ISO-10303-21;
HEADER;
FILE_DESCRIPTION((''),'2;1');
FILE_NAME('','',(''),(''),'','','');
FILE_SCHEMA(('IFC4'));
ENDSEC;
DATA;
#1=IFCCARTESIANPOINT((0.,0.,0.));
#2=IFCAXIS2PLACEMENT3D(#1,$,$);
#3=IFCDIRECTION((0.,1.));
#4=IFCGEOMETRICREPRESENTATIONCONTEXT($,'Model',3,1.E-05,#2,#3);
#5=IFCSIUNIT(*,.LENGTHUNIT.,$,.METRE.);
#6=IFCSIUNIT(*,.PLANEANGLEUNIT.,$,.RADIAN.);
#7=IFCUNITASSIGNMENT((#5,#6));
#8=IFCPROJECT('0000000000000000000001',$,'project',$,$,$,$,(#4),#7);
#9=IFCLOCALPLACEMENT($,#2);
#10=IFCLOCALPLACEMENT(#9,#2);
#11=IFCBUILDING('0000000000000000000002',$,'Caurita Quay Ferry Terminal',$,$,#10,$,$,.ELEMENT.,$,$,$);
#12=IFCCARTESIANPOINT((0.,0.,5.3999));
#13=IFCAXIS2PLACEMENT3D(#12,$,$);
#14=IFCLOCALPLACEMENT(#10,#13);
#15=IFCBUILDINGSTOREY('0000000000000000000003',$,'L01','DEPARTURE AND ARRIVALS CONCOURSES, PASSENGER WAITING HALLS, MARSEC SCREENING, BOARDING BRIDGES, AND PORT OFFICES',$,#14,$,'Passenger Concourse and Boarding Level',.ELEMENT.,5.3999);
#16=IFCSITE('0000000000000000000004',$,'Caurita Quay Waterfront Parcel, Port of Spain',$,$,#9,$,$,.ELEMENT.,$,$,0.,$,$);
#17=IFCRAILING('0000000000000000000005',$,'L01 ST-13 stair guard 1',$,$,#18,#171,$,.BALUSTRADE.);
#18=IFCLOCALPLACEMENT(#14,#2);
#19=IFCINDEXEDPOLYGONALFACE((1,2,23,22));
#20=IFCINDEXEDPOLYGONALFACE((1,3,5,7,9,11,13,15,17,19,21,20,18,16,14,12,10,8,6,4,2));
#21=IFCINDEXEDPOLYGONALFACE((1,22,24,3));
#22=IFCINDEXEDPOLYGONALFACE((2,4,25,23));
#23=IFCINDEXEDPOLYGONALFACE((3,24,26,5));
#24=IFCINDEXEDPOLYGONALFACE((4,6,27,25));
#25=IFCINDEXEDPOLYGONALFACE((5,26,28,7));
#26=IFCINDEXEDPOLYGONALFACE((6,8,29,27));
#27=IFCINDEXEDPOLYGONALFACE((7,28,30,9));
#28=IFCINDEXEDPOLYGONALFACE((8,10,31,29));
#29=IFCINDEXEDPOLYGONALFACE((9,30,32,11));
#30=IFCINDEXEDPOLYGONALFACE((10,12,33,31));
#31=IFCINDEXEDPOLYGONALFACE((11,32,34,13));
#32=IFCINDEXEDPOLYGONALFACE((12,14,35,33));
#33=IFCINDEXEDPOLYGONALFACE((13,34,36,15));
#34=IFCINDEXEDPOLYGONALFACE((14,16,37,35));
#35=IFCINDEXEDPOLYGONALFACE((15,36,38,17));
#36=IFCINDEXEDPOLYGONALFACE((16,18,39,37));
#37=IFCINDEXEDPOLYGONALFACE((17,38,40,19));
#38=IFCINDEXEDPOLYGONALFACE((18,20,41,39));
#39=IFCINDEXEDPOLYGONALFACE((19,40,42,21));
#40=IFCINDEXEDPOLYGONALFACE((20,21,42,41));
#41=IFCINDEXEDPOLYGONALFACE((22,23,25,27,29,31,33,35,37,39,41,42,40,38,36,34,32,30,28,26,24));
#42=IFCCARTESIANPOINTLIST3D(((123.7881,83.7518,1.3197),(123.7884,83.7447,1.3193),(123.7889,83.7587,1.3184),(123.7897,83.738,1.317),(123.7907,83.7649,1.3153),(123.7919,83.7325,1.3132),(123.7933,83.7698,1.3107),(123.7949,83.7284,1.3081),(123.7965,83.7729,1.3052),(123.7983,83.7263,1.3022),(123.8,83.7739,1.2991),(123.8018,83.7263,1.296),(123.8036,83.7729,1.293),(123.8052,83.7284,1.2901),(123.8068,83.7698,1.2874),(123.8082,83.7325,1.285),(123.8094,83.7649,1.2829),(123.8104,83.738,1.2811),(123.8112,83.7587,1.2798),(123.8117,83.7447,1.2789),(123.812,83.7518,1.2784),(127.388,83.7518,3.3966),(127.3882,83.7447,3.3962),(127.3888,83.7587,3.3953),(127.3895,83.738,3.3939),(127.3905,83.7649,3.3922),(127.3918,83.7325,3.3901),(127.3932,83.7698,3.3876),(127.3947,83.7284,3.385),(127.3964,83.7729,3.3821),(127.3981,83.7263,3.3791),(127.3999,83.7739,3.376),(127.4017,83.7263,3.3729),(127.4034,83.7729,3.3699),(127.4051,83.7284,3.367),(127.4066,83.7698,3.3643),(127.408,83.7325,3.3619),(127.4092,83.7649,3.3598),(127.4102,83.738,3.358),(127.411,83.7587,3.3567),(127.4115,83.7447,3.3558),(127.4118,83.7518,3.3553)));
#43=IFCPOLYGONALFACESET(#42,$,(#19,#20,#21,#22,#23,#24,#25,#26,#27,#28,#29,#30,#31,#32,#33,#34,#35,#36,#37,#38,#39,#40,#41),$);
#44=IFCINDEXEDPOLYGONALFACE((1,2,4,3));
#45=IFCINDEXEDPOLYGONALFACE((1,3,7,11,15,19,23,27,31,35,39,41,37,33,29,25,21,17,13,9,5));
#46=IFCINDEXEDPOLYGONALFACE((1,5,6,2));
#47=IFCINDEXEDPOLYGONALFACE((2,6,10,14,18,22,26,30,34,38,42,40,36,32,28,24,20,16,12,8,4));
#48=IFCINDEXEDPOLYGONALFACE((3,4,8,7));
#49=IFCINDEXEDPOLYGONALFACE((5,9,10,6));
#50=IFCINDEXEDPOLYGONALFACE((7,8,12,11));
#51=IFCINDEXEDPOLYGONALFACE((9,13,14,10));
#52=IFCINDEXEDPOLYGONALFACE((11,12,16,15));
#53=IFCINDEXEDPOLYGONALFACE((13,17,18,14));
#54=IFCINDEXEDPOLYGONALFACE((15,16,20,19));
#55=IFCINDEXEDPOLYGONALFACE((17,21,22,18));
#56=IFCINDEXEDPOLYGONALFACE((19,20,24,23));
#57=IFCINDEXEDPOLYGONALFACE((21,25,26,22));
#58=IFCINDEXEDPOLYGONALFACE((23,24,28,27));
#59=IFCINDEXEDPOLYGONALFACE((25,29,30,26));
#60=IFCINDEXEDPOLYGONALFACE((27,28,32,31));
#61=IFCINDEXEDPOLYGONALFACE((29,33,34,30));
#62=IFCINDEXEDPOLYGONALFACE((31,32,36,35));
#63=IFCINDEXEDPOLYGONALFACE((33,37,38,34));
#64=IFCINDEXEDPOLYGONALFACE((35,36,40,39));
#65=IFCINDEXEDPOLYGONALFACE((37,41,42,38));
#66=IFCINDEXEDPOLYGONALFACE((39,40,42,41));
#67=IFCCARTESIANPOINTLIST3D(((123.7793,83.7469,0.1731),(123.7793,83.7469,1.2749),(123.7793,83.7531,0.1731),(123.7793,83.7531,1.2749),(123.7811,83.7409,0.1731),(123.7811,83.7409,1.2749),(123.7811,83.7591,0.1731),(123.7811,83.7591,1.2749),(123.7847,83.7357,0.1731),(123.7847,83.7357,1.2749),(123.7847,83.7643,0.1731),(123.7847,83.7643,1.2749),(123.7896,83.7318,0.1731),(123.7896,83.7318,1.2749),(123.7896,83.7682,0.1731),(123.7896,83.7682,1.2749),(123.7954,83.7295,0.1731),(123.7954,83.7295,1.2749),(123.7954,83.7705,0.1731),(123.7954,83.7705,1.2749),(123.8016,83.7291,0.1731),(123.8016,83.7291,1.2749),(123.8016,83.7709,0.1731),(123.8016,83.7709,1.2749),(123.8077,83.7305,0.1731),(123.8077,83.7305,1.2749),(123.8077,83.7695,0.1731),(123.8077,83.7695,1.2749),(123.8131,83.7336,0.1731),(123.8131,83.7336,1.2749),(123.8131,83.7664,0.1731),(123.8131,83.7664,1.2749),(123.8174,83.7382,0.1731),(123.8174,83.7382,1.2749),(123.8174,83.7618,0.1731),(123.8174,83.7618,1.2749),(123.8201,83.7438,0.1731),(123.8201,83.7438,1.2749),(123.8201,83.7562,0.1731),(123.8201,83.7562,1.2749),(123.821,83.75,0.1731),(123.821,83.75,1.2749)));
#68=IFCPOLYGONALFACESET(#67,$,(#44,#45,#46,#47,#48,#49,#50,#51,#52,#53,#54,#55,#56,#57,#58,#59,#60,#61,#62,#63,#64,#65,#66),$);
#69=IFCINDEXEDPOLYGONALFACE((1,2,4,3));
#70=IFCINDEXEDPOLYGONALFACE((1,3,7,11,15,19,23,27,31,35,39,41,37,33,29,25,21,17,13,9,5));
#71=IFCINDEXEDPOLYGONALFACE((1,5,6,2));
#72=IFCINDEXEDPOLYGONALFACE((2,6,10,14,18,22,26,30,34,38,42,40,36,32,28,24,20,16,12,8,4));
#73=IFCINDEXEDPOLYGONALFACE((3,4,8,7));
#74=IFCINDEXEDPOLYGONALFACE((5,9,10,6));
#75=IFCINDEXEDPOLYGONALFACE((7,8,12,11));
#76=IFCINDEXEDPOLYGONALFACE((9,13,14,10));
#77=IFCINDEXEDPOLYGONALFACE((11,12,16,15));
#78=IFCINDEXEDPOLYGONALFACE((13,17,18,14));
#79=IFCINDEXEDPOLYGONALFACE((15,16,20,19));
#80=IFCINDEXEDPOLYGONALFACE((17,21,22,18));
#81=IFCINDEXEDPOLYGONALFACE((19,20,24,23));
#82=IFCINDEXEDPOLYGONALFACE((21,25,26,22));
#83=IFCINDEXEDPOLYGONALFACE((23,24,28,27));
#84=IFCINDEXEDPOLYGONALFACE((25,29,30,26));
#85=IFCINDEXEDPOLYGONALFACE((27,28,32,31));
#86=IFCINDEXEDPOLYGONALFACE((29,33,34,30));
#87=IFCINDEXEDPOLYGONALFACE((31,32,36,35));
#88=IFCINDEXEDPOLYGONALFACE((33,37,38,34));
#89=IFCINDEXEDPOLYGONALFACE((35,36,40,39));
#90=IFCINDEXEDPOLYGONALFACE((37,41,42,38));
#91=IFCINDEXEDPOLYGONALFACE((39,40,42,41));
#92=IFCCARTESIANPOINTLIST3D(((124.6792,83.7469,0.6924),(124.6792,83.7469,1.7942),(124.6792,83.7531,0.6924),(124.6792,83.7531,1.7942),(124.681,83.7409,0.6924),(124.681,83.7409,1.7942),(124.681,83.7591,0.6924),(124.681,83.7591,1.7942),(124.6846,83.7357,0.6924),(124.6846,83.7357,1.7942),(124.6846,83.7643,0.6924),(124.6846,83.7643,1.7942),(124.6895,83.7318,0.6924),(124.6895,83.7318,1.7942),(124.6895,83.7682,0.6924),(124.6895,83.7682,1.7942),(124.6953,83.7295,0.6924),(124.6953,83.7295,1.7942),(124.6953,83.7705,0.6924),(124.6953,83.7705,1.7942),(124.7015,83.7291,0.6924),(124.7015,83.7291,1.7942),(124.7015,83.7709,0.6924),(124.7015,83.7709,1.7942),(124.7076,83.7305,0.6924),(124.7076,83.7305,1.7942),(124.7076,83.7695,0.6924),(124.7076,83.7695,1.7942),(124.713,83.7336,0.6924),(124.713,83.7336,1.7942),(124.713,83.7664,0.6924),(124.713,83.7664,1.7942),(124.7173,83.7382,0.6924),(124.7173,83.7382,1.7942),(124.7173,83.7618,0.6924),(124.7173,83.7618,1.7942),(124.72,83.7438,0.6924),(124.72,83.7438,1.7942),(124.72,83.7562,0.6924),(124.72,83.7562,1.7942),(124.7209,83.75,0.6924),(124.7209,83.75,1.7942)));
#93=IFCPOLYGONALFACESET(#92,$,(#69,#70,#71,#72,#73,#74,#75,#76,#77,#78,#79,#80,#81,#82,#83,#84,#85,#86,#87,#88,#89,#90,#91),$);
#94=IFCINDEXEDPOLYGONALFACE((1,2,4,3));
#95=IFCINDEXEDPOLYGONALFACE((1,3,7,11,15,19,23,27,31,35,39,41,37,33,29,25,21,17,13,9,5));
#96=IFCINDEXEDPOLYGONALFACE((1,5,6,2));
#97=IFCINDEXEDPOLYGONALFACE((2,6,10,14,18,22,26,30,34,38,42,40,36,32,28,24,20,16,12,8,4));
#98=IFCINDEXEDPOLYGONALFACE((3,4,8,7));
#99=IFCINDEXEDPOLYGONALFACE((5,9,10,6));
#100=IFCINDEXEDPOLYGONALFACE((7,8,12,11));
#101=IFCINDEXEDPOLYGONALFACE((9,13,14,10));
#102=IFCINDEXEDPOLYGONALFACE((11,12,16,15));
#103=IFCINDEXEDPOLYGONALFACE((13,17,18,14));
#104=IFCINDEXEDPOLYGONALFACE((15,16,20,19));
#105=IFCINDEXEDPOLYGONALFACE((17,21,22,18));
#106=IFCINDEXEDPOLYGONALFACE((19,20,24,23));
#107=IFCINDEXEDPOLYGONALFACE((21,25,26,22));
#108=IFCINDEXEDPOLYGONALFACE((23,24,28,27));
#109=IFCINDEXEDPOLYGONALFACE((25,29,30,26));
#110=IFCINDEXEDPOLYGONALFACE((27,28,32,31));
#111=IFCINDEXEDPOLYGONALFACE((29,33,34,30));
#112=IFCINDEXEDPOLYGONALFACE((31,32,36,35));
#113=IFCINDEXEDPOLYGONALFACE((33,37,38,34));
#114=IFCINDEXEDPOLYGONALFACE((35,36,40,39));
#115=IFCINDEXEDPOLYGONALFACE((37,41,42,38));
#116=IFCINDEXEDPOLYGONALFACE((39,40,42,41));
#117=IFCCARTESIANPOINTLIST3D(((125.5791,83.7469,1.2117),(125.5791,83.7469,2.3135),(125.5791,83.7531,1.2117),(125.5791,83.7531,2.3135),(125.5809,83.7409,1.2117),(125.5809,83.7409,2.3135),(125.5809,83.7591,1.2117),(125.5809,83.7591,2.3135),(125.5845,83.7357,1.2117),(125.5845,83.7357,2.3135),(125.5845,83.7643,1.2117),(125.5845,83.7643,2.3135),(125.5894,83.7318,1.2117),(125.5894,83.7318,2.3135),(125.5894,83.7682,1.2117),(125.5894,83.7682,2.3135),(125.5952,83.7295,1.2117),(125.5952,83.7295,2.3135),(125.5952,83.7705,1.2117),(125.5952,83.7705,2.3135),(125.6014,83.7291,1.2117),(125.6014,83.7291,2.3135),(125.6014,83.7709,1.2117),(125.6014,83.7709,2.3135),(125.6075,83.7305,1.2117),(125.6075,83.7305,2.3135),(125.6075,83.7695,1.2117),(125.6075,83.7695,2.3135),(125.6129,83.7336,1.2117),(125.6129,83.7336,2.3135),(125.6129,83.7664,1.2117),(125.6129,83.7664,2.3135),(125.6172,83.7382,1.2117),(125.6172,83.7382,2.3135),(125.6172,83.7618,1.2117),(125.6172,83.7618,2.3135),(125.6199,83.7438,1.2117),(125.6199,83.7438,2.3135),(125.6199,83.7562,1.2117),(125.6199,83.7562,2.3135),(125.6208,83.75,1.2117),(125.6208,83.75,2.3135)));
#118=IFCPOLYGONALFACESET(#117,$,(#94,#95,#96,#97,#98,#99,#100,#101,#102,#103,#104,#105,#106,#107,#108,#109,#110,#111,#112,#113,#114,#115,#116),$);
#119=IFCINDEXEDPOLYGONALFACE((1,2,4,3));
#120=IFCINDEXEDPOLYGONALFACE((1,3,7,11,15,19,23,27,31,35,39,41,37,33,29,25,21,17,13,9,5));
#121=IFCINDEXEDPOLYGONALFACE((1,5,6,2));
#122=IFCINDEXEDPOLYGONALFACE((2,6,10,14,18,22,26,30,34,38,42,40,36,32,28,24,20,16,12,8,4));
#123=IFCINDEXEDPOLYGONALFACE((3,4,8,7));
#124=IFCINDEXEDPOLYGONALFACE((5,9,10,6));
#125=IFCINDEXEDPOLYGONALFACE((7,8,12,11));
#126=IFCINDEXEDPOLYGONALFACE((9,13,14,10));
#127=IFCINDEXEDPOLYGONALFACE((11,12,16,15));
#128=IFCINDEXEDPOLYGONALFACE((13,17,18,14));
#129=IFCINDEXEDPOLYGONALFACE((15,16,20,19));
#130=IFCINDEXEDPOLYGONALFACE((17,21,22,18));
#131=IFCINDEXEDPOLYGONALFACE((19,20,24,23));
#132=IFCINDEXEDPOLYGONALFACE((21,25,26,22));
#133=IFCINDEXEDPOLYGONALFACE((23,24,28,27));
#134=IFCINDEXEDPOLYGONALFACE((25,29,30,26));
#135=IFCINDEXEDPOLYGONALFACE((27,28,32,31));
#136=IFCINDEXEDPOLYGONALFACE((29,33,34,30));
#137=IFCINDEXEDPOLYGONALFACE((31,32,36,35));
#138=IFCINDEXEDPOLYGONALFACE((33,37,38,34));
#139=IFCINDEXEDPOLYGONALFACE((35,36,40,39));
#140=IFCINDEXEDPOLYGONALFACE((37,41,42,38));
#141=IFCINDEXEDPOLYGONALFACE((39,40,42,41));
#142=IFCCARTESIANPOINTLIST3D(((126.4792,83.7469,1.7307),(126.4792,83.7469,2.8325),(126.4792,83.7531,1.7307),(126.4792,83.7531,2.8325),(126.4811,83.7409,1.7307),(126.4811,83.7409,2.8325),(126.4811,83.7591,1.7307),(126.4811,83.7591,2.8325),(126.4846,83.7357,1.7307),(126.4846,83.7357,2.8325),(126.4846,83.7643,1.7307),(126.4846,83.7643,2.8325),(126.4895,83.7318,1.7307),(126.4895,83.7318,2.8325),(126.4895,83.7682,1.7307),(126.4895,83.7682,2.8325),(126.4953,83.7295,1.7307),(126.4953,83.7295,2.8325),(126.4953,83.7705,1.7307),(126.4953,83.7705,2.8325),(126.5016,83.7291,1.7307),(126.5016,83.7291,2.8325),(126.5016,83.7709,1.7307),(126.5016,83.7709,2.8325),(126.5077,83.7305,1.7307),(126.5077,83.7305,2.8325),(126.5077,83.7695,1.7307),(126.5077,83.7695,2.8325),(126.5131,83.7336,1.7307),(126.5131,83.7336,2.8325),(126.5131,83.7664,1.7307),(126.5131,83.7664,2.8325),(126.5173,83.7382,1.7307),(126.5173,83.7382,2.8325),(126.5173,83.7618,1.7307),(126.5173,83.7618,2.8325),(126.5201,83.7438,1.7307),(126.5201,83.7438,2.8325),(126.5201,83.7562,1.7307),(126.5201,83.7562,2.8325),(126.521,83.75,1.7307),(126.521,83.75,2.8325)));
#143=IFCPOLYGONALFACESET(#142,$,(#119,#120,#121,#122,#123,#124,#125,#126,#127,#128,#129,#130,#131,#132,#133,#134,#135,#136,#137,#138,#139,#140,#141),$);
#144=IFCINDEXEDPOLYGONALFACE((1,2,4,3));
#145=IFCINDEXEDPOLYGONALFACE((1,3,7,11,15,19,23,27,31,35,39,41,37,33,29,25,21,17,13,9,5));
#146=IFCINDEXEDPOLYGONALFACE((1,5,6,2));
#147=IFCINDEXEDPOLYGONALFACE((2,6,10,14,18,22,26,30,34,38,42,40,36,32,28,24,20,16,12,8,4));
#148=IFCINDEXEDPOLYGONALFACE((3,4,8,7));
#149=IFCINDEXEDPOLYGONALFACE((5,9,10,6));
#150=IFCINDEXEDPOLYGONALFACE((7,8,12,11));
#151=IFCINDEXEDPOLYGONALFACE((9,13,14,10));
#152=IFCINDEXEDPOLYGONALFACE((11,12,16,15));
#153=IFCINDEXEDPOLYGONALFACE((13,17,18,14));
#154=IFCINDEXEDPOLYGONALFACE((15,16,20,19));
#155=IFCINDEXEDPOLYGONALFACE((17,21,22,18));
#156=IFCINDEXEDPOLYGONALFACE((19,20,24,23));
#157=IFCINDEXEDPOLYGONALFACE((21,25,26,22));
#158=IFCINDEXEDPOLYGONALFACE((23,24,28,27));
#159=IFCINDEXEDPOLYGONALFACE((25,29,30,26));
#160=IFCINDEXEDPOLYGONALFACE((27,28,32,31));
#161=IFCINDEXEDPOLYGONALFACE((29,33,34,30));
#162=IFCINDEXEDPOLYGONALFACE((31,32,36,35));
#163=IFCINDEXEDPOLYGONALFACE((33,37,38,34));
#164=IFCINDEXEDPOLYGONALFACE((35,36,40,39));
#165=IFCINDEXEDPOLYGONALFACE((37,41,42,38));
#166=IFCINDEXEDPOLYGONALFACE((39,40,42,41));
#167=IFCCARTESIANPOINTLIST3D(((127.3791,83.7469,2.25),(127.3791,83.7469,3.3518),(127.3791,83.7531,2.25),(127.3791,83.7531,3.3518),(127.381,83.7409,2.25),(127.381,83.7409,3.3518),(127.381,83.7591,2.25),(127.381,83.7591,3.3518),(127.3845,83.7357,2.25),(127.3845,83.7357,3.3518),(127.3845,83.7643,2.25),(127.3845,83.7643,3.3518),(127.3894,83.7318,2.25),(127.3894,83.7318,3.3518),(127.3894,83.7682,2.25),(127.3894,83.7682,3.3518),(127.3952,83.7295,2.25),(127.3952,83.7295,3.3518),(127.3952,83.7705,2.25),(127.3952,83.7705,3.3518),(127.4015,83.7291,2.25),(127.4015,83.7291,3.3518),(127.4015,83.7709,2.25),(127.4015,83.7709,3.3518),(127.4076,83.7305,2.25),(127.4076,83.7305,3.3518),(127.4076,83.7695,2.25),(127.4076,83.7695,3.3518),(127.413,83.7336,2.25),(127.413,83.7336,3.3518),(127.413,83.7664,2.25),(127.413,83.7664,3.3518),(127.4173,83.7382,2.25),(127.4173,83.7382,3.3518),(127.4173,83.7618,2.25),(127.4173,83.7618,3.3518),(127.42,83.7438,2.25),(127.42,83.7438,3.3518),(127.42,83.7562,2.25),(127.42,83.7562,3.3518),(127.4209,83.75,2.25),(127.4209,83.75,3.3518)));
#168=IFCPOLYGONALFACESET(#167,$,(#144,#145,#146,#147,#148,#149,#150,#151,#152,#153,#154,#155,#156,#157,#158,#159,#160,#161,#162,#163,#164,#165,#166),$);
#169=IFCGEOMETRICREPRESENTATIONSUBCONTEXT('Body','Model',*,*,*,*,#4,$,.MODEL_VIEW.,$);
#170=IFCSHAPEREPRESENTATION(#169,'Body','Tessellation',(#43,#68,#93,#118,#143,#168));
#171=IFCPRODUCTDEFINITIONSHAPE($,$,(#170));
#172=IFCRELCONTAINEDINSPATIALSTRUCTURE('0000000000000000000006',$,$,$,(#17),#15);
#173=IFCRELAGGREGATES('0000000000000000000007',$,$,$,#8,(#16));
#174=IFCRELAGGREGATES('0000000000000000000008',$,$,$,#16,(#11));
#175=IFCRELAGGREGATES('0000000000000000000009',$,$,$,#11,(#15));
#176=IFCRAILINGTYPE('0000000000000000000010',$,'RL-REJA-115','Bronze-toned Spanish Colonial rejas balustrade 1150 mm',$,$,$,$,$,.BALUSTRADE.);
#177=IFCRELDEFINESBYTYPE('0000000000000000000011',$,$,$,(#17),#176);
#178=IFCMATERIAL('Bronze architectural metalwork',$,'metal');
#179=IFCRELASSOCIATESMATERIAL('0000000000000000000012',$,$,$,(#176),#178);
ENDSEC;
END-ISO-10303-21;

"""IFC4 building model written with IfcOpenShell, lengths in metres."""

from ifc_helpers import new_model, si_unit, direction, frame, origin, origin_2d, place, context, subcontext, project, spatial, circle, extrude, material, type_object, element, save


model = new_model("IFC4")

# Units and contexts
model_context = context("Model", 3, precision=1e-05, world=origin(), true_north=direction((0.0, 1.0)))
body_context = subcontext(model_context, "Body", "Model", "MODEL_VIEW")
ifc_project = project(units=[si_unit("LENGTHUNIT", "METRE"), si_unit("PLANEANGLEUNIT", "RADIAN")], contexts=[model_context])

# Site, building, storey
site_placement = place(None, origin())
site = spatial("IfcSite", under=ifc_project, at=site_placement, Name="Caurita Quay Waterfront Parcel, Port of Spain", CompositionType="ELEMENT", RefElevation=0.0)
building_placement = place(site_placement, origin())
building = spatial("IfcBuilding", under=site, at=building_placement, Name="Caurita Quay Ferry Terminal", CompositionType="ELEMENT")
storey_placement = place(building_placement, frame((0.0, 0.0, 5.3999)))
storey = spatial("IfcBuildingStorey", under=building, at=storey_placement, Name="L01", Description="DEPARTURE AND ARRIVALS CONCOURSES, PASSENGER WAITING HALLS, MARSEC SCREENING, BOARDING BRIDGES, AND PORT OFFICES", LongName="Passenger Concourse and Boarding Level", CompositionType="ELEMENT", Elevation=5.3999)

# Railing
ifc_material_1 = material(Name="Bronze architectural metalwork", Category="metal")
railing_type_1 = type_object("IfcRailingType", Name="RL-REJA-115", Description="Bronze-toned Spanish Colonial rejas balustrade 1150 mm", PredefinedType="BALUSTRADE", material=ifc_material_1)
railing_1_placement = place(storey_placement, frame((123.8, 83.75, 0.1731)))
element("IfcRailing", 1, at=railing_1_placement, inside=storey, type_object=railing_type_1, Name="L01 ST-13 stair guard 1", PredefinedType="BALUSTRADE", context=body_context, shape_type="SweptSolid", body=[
    extrude(circle(Radius=0.0239, at=origin_2d()), frame((0.0, 0.0, 1.126), z_axis=(0.866179, 0.0, 0.499734), x_axis=(0.0, 1.0, 0.0)), (0.0, 0.0, 1.0), 4.156),
    extrude(circle(Radius=0.021, at=origin_2d()), origin(), (0.0, 0.0, 1.0), 1.1018),
    extrude(circle(Radius=0.021, at=origin_2d()), frame((0.8999, 0.0, 0.5193)), (0.0, 0.0, 1.0), 1.1018),
    extrude(circle(Radius=0.021, at=origin_2d()), frame((1.7998, 0.0, 1.0386)), (0.0, 0.0, 1.0), 1.1018),
    extrude(circle(Radius=0.021, at=origin_2d()), frame((2.7, 0.0, 1.5576)), (0.0, 0.0, 1.0), 1.1018),
    extrude(circle(Radius=0.021, at=origin_2d()), frame((3.5999, 0.0, 2.0769)), (0.0, 0.0, 1.0), 1.1018),
])

save(model, "model.ifc")
